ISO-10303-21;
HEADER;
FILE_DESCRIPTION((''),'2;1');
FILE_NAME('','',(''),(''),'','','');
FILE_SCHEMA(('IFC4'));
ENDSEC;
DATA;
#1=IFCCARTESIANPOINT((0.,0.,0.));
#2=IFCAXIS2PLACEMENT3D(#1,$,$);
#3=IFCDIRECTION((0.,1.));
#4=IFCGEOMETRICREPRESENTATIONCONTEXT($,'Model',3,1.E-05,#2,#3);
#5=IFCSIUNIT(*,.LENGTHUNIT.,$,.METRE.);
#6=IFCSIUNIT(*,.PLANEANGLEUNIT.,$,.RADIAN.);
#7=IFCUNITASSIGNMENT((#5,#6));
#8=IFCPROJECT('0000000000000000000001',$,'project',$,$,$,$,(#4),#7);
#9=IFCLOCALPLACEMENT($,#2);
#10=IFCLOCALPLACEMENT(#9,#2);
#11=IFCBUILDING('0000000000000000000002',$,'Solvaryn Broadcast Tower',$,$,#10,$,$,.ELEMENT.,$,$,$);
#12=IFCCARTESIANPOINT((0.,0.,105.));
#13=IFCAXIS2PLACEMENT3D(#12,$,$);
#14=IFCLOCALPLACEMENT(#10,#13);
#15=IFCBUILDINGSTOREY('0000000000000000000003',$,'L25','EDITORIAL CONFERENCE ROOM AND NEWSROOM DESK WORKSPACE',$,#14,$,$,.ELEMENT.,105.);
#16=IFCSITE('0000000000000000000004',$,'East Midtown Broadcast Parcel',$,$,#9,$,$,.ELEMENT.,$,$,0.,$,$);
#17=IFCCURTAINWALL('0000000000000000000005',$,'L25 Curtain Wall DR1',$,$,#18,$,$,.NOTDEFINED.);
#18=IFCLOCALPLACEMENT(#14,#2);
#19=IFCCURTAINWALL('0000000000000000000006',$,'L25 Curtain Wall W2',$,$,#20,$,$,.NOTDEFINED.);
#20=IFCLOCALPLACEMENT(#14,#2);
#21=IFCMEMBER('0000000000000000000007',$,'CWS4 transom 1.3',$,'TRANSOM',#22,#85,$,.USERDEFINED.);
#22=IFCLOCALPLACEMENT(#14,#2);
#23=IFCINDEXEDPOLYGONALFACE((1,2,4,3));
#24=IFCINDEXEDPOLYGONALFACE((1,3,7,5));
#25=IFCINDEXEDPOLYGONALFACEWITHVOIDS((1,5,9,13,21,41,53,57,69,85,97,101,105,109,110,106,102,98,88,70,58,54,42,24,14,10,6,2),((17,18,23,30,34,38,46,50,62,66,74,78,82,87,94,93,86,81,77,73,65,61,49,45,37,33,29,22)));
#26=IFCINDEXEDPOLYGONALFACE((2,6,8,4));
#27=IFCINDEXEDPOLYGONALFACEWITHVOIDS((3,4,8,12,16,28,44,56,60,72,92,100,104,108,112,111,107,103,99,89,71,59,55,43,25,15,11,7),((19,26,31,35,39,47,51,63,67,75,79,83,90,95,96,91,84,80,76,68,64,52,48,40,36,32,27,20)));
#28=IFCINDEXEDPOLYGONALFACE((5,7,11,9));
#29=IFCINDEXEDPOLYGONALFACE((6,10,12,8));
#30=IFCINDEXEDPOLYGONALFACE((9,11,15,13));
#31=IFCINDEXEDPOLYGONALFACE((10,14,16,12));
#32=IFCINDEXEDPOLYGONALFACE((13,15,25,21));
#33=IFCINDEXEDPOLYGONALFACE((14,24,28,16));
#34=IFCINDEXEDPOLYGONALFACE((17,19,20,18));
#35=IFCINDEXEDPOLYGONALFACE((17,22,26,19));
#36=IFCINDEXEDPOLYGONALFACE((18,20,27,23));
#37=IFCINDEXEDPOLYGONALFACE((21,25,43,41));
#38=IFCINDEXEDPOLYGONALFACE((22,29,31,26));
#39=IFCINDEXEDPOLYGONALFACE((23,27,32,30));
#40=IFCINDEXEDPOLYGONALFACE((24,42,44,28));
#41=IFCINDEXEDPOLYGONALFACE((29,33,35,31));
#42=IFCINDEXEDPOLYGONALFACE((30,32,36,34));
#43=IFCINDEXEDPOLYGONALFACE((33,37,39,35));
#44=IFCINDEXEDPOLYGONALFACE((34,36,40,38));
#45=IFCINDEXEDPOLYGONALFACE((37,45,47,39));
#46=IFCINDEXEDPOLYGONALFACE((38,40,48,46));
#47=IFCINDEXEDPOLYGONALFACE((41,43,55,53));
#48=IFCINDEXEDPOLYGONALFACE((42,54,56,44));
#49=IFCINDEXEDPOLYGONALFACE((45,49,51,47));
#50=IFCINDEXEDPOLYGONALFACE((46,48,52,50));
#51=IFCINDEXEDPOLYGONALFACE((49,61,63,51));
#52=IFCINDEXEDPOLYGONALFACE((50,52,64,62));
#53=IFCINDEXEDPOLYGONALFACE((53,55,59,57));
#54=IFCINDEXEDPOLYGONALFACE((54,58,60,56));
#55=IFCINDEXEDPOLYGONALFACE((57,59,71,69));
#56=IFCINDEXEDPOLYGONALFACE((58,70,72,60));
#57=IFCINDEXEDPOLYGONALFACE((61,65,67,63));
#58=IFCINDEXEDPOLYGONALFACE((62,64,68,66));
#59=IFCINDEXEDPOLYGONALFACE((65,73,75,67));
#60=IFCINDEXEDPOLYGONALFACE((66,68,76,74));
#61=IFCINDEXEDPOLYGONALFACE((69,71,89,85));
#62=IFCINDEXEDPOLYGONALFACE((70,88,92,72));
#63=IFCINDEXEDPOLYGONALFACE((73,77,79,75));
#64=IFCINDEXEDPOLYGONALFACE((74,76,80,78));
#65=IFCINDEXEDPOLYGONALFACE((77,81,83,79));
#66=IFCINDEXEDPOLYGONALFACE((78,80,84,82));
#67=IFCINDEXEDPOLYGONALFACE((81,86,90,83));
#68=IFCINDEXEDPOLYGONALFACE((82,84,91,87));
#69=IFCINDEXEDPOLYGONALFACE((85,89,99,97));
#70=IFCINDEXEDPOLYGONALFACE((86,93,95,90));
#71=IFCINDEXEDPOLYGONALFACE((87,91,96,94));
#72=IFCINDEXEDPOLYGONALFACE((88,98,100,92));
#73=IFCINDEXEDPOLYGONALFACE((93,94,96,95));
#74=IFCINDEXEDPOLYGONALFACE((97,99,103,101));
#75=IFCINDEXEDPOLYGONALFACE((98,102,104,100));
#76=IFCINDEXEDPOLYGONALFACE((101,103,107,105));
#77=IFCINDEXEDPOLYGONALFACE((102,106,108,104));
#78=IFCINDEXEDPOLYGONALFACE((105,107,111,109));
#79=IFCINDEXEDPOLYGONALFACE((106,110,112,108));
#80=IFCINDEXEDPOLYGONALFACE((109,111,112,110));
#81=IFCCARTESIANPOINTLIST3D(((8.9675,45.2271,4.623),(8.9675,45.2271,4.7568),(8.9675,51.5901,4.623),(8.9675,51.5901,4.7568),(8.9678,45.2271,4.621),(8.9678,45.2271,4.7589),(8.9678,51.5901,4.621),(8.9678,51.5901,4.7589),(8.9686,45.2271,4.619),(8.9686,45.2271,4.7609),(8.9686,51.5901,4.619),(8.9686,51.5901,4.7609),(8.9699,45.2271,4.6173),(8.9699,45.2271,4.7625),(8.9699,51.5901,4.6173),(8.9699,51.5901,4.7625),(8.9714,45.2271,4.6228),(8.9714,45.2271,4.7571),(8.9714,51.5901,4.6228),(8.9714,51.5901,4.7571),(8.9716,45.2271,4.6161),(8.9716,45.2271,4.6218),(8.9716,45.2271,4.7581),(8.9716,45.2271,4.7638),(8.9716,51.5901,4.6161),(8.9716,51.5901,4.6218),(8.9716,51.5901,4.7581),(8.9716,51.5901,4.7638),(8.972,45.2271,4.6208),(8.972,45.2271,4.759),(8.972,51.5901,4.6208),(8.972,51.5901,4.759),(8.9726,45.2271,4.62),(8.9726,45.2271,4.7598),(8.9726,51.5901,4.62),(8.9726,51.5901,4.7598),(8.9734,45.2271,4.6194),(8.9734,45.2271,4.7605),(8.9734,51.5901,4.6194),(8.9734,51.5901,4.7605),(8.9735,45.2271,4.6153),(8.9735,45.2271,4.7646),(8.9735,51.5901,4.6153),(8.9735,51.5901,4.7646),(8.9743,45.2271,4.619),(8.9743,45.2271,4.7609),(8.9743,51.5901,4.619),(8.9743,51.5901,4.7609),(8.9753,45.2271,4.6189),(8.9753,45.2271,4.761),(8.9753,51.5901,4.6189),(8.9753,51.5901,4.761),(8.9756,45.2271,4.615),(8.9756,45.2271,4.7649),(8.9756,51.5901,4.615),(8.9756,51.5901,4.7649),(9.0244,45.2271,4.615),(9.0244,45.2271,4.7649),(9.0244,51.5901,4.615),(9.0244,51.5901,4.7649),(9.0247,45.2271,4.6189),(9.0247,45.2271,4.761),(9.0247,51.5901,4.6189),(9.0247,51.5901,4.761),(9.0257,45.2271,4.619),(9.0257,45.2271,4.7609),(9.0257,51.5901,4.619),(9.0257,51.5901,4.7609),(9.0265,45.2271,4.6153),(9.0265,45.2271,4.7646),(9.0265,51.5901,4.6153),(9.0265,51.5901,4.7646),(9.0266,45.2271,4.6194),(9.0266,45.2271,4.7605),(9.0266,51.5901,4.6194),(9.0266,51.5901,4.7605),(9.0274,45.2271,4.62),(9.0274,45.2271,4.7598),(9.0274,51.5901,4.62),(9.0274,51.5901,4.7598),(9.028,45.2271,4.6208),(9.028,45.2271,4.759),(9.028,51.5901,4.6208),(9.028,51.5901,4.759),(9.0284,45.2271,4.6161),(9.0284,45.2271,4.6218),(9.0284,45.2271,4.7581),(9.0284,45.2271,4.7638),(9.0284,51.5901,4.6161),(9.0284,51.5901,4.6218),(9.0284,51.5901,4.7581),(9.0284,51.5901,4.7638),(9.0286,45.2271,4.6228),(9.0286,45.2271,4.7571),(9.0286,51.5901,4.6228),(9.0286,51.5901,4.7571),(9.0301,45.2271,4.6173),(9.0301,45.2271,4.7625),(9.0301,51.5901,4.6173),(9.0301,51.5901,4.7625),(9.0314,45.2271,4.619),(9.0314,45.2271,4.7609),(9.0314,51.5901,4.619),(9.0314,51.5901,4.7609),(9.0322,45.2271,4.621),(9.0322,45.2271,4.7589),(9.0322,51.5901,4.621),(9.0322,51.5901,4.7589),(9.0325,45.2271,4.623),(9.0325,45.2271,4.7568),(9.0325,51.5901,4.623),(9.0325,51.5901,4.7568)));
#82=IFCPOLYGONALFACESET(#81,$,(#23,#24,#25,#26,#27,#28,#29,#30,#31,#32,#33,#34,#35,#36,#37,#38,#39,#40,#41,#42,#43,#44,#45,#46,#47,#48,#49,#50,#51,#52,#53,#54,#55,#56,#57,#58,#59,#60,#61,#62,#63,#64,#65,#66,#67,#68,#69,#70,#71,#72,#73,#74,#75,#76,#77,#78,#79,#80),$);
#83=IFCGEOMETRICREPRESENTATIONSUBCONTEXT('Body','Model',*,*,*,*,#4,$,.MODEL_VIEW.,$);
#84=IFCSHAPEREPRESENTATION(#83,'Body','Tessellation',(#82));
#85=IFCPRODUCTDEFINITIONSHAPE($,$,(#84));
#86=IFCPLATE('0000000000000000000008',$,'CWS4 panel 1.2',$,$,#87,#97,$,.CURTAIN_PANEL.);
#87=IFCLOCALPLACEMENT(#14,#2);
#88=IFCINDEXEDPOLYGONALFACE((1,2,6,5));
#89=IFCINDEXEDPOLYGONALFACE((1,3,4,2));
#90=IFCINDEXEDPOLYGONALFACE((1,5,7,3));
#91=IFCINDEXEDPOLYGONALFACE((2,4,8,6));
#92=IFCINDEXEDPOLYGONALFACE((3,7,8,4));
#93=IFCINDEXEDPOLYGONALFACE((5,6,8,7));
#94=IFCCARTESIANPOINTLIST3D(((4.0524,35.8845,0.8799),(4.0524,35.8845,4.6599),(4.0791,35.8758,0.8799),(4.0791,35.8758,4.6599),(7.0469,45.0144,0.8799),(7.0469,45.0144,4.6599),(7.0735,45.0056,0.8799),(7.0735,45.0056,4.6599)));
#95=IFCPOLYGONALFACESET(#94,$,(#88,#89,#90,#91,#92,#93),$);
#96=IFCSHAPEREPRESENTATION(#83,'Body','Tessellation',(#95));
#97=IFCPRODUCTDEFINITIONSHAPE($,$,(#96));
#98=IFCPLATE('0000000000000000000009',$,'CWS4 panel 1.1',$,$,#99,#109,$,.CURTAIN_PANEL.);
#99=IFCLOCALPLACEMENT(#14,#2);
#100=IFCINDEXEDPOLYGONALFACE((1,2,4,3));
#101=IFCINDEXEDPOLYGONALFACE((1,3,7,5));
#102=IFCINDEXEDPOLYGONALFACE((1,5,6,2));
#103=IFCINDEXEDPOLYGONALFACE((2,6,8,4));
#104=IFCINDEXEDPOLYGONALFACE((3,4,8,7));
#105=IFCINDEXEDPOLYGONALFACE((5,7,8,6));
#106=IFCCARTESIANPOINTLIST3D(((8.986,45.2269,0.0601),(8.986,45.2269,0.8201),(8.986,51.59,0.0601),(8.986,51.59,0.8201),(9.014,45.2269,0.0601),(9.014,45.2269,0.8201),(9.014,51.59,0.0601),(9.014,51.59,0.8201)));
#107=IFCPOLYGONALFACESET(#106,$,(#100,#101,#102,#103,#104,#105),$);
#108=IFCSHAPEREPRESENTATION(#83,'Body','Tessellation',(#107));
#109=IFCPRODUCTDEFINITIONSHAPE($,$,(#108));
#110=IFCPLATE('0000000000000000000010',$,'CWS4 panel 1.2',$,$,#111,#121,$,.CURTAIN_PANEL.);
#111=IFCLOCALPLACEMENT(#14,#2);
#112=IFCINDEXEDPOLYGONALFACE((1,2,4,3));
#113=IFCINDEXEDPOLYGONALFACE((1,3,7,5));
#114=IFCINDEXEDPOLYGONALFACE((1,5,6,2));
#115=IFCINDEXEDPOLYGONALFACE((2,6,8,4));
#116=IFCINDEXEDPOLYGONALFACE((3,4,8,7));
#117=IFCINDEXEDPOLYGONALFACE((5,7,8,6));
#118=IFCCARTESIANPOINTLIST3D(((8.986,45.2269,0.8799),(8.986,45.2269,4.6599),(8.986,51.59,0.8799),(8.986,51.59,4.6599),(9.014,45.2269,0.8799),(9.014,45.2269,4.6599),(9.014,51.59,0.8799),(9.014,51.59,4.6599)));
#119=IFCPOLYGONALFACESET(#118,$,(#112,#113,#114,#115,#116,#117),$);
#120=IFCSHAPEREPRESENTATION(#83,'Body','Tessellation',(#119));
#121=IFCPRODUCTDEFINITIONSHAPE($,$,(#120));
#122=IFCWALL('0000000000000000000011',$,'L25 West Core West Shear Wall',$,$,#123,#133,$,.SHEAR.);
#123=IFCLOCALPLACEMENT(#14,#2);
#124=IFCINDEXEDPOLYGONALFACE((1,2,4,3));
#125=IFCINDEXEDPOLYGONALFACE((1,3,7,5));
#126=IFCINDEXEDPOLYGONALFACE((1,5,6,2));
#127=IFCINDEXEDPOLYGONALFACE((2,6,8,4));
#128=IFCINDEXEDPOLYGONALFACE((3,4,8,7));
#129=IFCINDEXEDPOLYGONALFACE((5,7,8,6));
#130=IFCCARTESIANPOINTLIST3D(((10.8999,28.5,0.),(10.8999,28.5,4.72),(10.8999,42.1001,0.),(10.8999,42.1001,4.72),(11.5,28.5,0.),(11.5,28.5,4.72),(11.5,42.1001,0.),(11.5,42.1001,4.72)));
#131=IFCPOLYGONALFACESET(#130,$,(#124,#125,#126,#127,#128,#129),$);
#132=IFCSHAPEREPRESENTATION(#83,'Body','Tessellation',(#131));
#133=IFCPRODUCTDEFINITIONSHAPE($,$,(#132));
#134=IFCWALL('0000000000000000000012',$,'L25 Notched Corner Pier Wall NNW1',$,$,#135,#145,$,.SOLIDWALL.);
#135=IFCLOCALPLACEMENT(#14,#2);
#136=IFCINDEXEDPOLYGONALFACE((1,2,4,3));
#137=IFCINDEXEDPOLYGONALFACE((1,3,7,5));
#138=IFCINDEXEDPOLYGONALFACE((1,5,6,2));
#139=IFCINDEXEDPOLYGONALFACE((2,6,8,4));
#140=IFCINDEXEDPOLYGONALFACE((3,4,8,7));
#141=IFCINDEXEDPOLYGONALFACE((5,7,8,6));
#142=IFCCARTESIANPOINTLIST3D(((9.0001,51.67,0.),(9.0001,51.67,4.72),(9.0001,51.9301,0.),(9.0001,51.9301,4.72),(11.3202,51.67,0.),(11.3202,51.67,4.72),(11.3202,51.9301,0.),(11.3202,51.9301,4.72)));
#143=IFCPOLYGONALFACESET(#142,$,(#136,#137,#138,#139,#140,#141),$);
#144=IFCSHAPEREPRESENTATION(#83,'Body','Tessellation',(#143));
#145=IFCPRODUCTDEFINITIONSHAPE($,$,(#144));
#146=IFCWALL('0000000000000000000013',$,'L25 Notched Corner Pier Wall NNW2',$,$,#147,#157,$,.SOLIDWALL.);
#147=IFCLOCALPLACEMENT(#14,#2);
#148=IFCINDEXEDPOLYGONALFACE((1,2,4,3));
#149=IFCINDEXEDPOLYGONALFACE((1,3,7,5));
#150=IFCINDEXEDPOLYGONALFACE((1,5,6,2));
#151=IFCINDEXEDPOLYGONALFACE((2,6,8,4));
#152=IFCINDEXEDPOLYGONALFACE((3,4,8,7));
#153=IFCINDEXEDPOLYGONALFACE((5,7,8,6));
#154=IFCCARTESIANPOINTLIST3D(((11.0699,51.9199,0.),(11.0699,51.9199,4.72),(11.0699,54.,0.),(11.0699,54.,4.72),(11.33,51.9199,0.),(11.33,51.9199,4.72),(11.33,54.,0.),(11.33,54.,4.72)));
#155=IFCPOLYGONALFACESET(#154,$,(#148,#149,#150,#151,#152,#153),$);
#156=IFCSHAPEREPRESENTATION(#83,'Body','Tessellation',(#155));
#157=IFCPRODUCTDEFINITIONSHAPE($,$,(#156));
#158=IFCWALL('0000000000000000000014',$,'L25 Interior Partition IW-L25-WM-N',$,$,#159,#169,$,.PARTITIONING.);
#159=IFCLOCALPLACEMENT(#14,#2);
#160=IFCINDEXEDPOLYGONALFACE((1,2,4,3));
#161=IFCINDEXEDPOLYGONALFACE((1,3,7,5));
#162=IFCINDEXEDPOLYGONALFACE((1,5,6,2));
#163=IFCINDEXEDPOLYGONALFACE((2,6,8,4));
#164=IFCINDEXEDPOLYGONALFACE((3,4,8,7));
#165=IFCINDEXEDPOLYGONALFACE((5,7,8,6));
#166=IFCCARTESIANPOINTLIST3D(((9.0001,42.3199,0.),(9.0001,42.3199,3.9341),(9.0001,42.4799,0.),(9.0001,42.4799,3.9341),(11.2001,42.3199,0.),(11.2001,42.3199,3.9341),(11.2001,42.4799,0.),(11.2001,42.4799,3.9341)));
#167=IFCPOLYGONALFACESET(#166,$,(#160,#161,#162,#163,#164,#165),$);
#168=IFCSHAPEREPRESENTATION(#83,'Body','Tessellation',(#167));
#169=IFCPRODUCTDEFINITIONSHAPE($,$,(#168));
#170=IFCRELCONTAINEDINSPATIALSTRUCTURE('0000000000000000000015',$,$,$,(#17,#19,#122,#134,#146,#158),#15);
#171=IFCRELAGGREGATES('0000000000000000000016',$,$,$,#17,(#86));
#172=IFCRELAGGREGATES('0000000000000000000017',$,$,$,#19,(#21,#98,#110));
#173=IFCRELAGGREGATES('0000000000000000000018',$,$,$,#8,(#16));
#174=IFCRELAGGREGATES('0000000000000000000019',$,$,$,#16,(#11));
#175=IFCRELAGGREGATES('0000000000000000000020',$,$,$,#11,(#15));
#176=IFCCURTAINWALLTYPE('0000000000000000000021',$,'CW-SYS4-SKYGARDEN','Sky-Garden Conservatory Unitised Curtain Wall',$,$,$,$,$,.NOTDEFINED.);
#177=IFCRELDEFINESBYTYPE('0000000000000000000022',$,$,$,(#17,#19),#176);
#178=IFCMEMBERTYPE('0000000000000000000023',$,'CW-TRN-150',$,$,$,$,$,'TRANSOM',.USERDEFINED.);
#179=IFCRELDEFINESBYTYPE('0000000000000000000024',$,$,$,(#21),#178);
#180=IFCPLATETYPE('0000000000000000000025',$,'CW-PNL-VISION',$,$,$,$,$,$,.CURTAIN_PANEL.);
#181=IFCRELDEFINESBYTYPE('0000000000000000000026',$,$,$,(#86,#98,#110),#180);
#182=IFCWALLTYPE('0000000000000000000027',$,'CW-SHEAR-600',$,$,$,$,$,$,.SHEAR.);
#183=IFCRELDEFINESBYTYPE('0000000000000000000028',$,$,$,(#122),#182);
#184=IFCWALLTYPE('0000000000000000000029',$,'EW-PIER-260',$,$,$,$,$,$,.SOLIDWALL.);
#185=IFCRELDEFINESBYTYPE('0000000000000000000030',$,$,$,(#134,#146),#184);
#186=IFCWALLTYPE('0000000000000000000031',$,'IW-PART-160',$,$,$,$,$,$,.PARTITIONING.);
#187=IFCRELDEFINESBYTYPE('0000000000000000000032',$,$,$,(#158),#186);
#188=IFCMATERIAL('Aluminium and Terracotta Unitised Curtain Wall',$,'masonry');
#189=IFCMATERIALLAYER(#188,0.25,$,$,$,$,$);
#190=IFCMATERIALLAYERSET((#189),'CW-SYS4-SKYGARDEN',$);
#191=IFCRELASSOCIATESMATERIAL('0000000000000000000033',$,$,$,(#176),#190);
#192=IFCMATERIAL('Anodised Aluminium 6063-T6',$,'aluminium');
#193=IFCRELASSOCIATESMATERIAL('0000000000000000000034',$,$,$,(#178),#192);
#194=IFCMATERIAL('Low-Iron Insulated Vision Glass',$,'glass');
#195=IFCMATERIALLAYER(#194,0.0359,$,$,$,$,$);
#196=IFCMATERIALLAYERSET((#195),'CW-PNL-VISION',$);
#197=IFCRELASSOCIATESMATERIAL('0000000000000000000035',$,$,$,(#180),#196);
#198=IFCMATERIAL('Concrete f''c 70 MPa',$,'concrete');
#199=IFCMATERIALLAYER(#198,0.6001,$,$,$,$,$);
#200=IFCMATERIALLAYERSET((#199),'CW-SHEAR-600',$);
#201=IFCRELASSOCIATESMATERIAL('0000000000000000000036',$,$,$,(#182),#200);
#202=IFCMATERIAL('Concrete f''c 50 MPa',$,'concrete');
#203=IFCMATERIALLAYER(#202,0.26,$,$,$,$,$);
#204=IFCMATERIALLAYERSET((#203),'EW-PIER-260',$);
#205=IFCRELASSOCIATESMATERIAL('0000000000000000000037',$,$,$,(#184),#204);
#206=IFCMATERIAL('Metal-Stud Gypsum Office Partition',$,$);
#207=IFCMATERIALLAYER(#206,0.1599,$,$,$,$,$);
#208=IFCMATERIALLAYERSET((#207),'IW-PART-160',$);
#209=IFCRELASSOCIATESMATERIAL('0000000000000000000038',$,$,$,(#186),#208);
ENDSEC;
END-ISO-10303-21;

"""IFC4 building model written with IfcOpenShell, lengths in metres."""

from ifc_helpers import new_model, si_unit, direction, frame, frame_2d, origin, origin_2d, place, context, subcontext, project, spatial, rectangle, hollow_rectangle, extrude, material, layer, layer_set, material_profile, profile_set, type_object, element, aggregate, save


model = new_model("IFC4")

# Units and contexts
model_context = context("Model", 3, precision=1e-05, world=origin(), true_north=direction((0.0, 1.0)))
body_context = subcontext(model_context, "Body", "Model", "MODEL_VIEW")
ifc_project = project(units=[si_unit("LENGTHUNIT", "METRE"), si_unit("PLANEANGLEUNIT", "RADIAN")], contexts=[model_context])

# Site, building, storey
site_placement = place(None, origin())
site = spatial("IfcSite", under=ifc_project, at=site_placement, Name="East Midtown Broadcast Parcel", CompositionType="ELEMENT", RefElevation=0.0)
building_placement = place(site_placement, origin())
building = spatial("IfcBuilding", under=site, at=building_placement, Name="Solvaryn Broadcast Tower", CompositionType="ELEMENT")
storey_placement = place(building_placement, frame((0.0, 0.0, 105.0)))
storey = spatial("IfcBuildingStorey", under=building, at=storey_placement, Name="L25", Description="EDITORIAL CONFERENCE ROOM AND NEWSROOM DESK WORKSPACE", CompositionType="ELEMENT", Elevation=105.0)

# Curtain wall
ifc_material_1 = material(Name="Aluminium and Terracotta Unitised Curtain Wall", Category="masonry")
ifc_layer_1 = layer(ifc_material_1, 0.25)
ifc_layer_set_1 = layer_set([ifc_layer_1], Name="CW-SYS4-SKYGARDEN")
curtain_wall_type = type_object("IfcCurtainWallType", Name="CW-SYS4-SKYGARDEN", Description="Sky-Garden Conservatory Unitised Curtain Wall", PredefinedType="NOTDEFINED", material=ifc_layer_set_1)
curtain_wall_1_placement = place(storey_placement, origin())
curtain_wall_1 = element("IfcCurtainWall", 1, at=curtain_wall_1_placement, inside=storey, type_object=curtain_wall_type, Name="L25 Curtain Wall DR1", PredefinedType="NOTDEFINED")

# Curtain wall
curtain_wall_2_placement = place(storey_placement, origin())
curtain_wall_2 = element("IfcCurtainWall", 2, at=curtain_wall_2_placement, inside=storey, type_object=curtain_wall_type, Name="L25 Curtain Wall W2", PredefinedType="NOTDEFINED")

# Member
ifc_material_2 = material(Name="Anodised Aluminium 6063-T6", Category="aluminium")
ifc_material_profile_1 = material_profile(ifc_material_2, hollow_rectangle(XDim=0.0649, YDim=0.1499, WallThickness=0.0039, InnerFilletRadius=0.0039, OuterFilletRadius=0.0081, at=origin_2d()))
ifc_profile_set_1 = profile_set([ifc_material_profile_1], Name="Anodised Aluminium 6063-T6")
member_type_1 = type_object("IfcMemberType", Name="CW-TRN-150", ElementType="TRANSOM", PredefinedType="USERDEFINED", material=ifc_profile_set_1)
member_1_placement = place(storey_placement, frame((9.0, 45.2271, 4.6899), z_axis=(0.0, 1.0, 0.0), x_axis=(-1.0, 0.0, 0.0)))
member_1 = element("IfcMember", 3, at=member_1_placement, type_object=member_type_1, Name="CWS4 transom 1.3", ObjectType="TRANSOM", PredefinedType="USERDEFINED", context=body_context, shape_type="SweptSolid", body=[
    extrude(hollow_rectangle(XDim=0.0649, YDim=0.1499, WallThickness=0.0039, InnerFilletRadius=0.0039, OuterFilletRadius=0.0081, at=origin_2d()), origin(), (0.0, 0.0, 1.0), 6.363),
])

# Plates
ifc_material_3 = material(Name="Low-Iron Insulated Vision Glass", Category="glass")
ifc_layer_2 = layer(ifc_material_3, 0.0359)
ifc_layer_set_2 = layer_set([ifc_layer_2], Name="CW-PNL-VISION")
plate_type = type_object("IfcPlateType", Name="CW-PNL-VISION", PredefinedType="CURTAIN_PANEL", material=ifc_layer_set_2)
plate_1_placement = place(storey_placement, frame((5.563, 40.4451, 0.8799), z_axis=(0.0, 0.0, 1.0), x_axis=(-0.311646, -0.950198, 0.0)))
plate_1 = element("IfcPlate", 4, at=plate_1_placement, type_object=plate_type, Name="CWS4 panel 1.2", PredefinedType="CURTAIN_PANEL", context=body_context, shape_type="SweptSolid", body=[
    extrude(rectangle(XDim=9.6084, YDim=0.0281, at=origin_2d()), origin(), (0.0, 0.0, 1.0), 3.78),
])
aggregate(curtain_wall_1, [plate_1])
plate_2_placement = place(storey_placement, frame((9.0, 48.4084, 0.0601), z_axis=(0.0, 0.0, 1.0), x_axis=(0.0, 1.0, 0.0)))
plate_2 = element("IfcPlate", 5, at=plate_2_placement, type_object=plate_type, Name="CWS4 panel 1.1", PredefinedType="CURTAIN_PANEL", context=body_context, shape_type="SweptSolid", body=[
    extrude(rectangle(XDim=6.363, YDim=0.0281, at=origin_2d()), origin(), (0.0, 0.0, 1.0), 0.76),
])
plate_3_placement = place(storey_placement, frame((9.0, 48.4084, 0.8799), z_axis=(0.0, 0.0, 1.0), x_axis=(0.0, 1.0, 0.0)))
plate_3 = element("IfcPlate", 6, at=plate_3_placement, type_object=plate_type, Name="CWS4 panel 1.2", PredefinedType="CURTAIN_PANEL", context=body_context, shape_type="SweptSolid", body=[
    extrude(rectangle(XDim=6.363, YDim=0.0281, at=origin_2d()), origin(), (0.0, 0.0, 1.0), 3.78),
])
aggregate(curtain_wall_2, [member_1, plate_2, plate_3])

# Walls
ifc_material_4 = material(Name="Concrete f'c 70 MPa", Category="concrete")
ifc_layer_3 = layer(ifc_material_4, 0.6001)
ifc_layer_set_3 = layer_set([ifc_layer_3], Name="CW-SHEAR-600")
wall_type_1 = type_object("IfcWallType", Name="CW-SHEAR-600", PredefinedType="SHEAR", material=ifc_layer_set_3)
wall_1_placement = place(storey_placement, frame((11.2, 42.1001, 0.0), z_axis=(0.0, 0.0, 1.0), x_axis=(0.0, -1.0, 0.0)))
element("IfcWall", 7, at=wall_1_placement, inside=storey, type_object=wall_type_1, Name="L25 West Core West Shear Wall", PredefinedType="SHEAR", context=body_context, shape_type="SweptSolid", body=[
    extrude(rectangle(XDim=13.6001, YDim=0.6001, at=frame_2d((6.8, 0.0))), origin(), (0.0, 0.0, 1.0), 4.72),
])
ifc_material_5 = material(Name="Concrete f'c 50 MPa", Category="concrete")
ifc_layer_4 = layer(ifc_material_5, 0.26)
ifc_layer_set_4 = layer_set([ifc_layer_4], Name="EW-PIER-260")
wall_type_2 = type_object("IfcWallType", Name="EW-PIER-260", PredefinedType="SOLIDWALL", material=ifc_layer_set_4)
wall_2_placement = place(storey_placement, frame((9.0, 51.8, 0.0), z_axis=(0.0, 0.0, 1.0), x_axis=(1.0, 0.0, 0.0)))
element("IfcWall", 8, at=wall_2_placement, inside=storey, type_object=wall_type_2, Name="L25 Notched Corner Pier Wall NNW1", PredefinedType="SOLIDWALL", context=body_context, shape_type="SweptSolid", body=[
    extrude(rectangle(XDim=2.3201, YDim=0.26, at=frame_2d((1.1602, 0.0))), origin(), (0.0, 0.0, 1.0), 4.72),
])
wall_3_placement = place(storey_placement, frame((11.2, 51.9199, 0.0), z_axis=(0.0, 0.0, 1.0), x_axis=(0.0, 1.0, 0.0)))
element("IfcWall", 9, at=wall_3_placement, inside=storey, type_object=wall_type_2, Name="L25 Notched Corner Pier Wall NNW2", PredefinedType="SOLIDWALL", context=body_context, shape_type="SweptSolid", body=[
    extrude(rectangle(XDim=2.0801, YDim=0.26, at=frame_2d((1.04, 0.0))), origin(), (0.0, 0.0, 1.0), 4.72),
])
ifc_material_6 = material(Name="Metal-Stud Gypsum Office Partition")
ifc_layer_5 = layer(ifc_material_6, 0.1599)
ifc_layer_set_5 = layer_set([ifc_layer_5], Name="IW-PART-160")
wall_type_3 = type_object("IfcWallType", Name="IW-PART-160", PredefinedType="PARTITIONING", material=ifc_layer_set_5)
wall_4_placement = place(storey_placement, frame((9.0, 42.3999, 0.0), z_axis=(0.0, 0.0, 1.0), x_axis=(1.0, 0.0, 0.0)))
element("IfcWall", 10, at=wall_4_placement, inside=storey, type_object=wall_type_3, Name="L25 Interior Partition IW-L25-WM-N", PredefinedType="PARTITIONING", context=body_context, shape_type="SweptSolid", body=[
    extrude(rectangle(XDim=2.2, YDim=0.1599, at=frame_2d((1.1001, 0.0))), origin(), (0.0, 0.0, 1.0), 3.9341),
])

save(model, "model.ifc")
